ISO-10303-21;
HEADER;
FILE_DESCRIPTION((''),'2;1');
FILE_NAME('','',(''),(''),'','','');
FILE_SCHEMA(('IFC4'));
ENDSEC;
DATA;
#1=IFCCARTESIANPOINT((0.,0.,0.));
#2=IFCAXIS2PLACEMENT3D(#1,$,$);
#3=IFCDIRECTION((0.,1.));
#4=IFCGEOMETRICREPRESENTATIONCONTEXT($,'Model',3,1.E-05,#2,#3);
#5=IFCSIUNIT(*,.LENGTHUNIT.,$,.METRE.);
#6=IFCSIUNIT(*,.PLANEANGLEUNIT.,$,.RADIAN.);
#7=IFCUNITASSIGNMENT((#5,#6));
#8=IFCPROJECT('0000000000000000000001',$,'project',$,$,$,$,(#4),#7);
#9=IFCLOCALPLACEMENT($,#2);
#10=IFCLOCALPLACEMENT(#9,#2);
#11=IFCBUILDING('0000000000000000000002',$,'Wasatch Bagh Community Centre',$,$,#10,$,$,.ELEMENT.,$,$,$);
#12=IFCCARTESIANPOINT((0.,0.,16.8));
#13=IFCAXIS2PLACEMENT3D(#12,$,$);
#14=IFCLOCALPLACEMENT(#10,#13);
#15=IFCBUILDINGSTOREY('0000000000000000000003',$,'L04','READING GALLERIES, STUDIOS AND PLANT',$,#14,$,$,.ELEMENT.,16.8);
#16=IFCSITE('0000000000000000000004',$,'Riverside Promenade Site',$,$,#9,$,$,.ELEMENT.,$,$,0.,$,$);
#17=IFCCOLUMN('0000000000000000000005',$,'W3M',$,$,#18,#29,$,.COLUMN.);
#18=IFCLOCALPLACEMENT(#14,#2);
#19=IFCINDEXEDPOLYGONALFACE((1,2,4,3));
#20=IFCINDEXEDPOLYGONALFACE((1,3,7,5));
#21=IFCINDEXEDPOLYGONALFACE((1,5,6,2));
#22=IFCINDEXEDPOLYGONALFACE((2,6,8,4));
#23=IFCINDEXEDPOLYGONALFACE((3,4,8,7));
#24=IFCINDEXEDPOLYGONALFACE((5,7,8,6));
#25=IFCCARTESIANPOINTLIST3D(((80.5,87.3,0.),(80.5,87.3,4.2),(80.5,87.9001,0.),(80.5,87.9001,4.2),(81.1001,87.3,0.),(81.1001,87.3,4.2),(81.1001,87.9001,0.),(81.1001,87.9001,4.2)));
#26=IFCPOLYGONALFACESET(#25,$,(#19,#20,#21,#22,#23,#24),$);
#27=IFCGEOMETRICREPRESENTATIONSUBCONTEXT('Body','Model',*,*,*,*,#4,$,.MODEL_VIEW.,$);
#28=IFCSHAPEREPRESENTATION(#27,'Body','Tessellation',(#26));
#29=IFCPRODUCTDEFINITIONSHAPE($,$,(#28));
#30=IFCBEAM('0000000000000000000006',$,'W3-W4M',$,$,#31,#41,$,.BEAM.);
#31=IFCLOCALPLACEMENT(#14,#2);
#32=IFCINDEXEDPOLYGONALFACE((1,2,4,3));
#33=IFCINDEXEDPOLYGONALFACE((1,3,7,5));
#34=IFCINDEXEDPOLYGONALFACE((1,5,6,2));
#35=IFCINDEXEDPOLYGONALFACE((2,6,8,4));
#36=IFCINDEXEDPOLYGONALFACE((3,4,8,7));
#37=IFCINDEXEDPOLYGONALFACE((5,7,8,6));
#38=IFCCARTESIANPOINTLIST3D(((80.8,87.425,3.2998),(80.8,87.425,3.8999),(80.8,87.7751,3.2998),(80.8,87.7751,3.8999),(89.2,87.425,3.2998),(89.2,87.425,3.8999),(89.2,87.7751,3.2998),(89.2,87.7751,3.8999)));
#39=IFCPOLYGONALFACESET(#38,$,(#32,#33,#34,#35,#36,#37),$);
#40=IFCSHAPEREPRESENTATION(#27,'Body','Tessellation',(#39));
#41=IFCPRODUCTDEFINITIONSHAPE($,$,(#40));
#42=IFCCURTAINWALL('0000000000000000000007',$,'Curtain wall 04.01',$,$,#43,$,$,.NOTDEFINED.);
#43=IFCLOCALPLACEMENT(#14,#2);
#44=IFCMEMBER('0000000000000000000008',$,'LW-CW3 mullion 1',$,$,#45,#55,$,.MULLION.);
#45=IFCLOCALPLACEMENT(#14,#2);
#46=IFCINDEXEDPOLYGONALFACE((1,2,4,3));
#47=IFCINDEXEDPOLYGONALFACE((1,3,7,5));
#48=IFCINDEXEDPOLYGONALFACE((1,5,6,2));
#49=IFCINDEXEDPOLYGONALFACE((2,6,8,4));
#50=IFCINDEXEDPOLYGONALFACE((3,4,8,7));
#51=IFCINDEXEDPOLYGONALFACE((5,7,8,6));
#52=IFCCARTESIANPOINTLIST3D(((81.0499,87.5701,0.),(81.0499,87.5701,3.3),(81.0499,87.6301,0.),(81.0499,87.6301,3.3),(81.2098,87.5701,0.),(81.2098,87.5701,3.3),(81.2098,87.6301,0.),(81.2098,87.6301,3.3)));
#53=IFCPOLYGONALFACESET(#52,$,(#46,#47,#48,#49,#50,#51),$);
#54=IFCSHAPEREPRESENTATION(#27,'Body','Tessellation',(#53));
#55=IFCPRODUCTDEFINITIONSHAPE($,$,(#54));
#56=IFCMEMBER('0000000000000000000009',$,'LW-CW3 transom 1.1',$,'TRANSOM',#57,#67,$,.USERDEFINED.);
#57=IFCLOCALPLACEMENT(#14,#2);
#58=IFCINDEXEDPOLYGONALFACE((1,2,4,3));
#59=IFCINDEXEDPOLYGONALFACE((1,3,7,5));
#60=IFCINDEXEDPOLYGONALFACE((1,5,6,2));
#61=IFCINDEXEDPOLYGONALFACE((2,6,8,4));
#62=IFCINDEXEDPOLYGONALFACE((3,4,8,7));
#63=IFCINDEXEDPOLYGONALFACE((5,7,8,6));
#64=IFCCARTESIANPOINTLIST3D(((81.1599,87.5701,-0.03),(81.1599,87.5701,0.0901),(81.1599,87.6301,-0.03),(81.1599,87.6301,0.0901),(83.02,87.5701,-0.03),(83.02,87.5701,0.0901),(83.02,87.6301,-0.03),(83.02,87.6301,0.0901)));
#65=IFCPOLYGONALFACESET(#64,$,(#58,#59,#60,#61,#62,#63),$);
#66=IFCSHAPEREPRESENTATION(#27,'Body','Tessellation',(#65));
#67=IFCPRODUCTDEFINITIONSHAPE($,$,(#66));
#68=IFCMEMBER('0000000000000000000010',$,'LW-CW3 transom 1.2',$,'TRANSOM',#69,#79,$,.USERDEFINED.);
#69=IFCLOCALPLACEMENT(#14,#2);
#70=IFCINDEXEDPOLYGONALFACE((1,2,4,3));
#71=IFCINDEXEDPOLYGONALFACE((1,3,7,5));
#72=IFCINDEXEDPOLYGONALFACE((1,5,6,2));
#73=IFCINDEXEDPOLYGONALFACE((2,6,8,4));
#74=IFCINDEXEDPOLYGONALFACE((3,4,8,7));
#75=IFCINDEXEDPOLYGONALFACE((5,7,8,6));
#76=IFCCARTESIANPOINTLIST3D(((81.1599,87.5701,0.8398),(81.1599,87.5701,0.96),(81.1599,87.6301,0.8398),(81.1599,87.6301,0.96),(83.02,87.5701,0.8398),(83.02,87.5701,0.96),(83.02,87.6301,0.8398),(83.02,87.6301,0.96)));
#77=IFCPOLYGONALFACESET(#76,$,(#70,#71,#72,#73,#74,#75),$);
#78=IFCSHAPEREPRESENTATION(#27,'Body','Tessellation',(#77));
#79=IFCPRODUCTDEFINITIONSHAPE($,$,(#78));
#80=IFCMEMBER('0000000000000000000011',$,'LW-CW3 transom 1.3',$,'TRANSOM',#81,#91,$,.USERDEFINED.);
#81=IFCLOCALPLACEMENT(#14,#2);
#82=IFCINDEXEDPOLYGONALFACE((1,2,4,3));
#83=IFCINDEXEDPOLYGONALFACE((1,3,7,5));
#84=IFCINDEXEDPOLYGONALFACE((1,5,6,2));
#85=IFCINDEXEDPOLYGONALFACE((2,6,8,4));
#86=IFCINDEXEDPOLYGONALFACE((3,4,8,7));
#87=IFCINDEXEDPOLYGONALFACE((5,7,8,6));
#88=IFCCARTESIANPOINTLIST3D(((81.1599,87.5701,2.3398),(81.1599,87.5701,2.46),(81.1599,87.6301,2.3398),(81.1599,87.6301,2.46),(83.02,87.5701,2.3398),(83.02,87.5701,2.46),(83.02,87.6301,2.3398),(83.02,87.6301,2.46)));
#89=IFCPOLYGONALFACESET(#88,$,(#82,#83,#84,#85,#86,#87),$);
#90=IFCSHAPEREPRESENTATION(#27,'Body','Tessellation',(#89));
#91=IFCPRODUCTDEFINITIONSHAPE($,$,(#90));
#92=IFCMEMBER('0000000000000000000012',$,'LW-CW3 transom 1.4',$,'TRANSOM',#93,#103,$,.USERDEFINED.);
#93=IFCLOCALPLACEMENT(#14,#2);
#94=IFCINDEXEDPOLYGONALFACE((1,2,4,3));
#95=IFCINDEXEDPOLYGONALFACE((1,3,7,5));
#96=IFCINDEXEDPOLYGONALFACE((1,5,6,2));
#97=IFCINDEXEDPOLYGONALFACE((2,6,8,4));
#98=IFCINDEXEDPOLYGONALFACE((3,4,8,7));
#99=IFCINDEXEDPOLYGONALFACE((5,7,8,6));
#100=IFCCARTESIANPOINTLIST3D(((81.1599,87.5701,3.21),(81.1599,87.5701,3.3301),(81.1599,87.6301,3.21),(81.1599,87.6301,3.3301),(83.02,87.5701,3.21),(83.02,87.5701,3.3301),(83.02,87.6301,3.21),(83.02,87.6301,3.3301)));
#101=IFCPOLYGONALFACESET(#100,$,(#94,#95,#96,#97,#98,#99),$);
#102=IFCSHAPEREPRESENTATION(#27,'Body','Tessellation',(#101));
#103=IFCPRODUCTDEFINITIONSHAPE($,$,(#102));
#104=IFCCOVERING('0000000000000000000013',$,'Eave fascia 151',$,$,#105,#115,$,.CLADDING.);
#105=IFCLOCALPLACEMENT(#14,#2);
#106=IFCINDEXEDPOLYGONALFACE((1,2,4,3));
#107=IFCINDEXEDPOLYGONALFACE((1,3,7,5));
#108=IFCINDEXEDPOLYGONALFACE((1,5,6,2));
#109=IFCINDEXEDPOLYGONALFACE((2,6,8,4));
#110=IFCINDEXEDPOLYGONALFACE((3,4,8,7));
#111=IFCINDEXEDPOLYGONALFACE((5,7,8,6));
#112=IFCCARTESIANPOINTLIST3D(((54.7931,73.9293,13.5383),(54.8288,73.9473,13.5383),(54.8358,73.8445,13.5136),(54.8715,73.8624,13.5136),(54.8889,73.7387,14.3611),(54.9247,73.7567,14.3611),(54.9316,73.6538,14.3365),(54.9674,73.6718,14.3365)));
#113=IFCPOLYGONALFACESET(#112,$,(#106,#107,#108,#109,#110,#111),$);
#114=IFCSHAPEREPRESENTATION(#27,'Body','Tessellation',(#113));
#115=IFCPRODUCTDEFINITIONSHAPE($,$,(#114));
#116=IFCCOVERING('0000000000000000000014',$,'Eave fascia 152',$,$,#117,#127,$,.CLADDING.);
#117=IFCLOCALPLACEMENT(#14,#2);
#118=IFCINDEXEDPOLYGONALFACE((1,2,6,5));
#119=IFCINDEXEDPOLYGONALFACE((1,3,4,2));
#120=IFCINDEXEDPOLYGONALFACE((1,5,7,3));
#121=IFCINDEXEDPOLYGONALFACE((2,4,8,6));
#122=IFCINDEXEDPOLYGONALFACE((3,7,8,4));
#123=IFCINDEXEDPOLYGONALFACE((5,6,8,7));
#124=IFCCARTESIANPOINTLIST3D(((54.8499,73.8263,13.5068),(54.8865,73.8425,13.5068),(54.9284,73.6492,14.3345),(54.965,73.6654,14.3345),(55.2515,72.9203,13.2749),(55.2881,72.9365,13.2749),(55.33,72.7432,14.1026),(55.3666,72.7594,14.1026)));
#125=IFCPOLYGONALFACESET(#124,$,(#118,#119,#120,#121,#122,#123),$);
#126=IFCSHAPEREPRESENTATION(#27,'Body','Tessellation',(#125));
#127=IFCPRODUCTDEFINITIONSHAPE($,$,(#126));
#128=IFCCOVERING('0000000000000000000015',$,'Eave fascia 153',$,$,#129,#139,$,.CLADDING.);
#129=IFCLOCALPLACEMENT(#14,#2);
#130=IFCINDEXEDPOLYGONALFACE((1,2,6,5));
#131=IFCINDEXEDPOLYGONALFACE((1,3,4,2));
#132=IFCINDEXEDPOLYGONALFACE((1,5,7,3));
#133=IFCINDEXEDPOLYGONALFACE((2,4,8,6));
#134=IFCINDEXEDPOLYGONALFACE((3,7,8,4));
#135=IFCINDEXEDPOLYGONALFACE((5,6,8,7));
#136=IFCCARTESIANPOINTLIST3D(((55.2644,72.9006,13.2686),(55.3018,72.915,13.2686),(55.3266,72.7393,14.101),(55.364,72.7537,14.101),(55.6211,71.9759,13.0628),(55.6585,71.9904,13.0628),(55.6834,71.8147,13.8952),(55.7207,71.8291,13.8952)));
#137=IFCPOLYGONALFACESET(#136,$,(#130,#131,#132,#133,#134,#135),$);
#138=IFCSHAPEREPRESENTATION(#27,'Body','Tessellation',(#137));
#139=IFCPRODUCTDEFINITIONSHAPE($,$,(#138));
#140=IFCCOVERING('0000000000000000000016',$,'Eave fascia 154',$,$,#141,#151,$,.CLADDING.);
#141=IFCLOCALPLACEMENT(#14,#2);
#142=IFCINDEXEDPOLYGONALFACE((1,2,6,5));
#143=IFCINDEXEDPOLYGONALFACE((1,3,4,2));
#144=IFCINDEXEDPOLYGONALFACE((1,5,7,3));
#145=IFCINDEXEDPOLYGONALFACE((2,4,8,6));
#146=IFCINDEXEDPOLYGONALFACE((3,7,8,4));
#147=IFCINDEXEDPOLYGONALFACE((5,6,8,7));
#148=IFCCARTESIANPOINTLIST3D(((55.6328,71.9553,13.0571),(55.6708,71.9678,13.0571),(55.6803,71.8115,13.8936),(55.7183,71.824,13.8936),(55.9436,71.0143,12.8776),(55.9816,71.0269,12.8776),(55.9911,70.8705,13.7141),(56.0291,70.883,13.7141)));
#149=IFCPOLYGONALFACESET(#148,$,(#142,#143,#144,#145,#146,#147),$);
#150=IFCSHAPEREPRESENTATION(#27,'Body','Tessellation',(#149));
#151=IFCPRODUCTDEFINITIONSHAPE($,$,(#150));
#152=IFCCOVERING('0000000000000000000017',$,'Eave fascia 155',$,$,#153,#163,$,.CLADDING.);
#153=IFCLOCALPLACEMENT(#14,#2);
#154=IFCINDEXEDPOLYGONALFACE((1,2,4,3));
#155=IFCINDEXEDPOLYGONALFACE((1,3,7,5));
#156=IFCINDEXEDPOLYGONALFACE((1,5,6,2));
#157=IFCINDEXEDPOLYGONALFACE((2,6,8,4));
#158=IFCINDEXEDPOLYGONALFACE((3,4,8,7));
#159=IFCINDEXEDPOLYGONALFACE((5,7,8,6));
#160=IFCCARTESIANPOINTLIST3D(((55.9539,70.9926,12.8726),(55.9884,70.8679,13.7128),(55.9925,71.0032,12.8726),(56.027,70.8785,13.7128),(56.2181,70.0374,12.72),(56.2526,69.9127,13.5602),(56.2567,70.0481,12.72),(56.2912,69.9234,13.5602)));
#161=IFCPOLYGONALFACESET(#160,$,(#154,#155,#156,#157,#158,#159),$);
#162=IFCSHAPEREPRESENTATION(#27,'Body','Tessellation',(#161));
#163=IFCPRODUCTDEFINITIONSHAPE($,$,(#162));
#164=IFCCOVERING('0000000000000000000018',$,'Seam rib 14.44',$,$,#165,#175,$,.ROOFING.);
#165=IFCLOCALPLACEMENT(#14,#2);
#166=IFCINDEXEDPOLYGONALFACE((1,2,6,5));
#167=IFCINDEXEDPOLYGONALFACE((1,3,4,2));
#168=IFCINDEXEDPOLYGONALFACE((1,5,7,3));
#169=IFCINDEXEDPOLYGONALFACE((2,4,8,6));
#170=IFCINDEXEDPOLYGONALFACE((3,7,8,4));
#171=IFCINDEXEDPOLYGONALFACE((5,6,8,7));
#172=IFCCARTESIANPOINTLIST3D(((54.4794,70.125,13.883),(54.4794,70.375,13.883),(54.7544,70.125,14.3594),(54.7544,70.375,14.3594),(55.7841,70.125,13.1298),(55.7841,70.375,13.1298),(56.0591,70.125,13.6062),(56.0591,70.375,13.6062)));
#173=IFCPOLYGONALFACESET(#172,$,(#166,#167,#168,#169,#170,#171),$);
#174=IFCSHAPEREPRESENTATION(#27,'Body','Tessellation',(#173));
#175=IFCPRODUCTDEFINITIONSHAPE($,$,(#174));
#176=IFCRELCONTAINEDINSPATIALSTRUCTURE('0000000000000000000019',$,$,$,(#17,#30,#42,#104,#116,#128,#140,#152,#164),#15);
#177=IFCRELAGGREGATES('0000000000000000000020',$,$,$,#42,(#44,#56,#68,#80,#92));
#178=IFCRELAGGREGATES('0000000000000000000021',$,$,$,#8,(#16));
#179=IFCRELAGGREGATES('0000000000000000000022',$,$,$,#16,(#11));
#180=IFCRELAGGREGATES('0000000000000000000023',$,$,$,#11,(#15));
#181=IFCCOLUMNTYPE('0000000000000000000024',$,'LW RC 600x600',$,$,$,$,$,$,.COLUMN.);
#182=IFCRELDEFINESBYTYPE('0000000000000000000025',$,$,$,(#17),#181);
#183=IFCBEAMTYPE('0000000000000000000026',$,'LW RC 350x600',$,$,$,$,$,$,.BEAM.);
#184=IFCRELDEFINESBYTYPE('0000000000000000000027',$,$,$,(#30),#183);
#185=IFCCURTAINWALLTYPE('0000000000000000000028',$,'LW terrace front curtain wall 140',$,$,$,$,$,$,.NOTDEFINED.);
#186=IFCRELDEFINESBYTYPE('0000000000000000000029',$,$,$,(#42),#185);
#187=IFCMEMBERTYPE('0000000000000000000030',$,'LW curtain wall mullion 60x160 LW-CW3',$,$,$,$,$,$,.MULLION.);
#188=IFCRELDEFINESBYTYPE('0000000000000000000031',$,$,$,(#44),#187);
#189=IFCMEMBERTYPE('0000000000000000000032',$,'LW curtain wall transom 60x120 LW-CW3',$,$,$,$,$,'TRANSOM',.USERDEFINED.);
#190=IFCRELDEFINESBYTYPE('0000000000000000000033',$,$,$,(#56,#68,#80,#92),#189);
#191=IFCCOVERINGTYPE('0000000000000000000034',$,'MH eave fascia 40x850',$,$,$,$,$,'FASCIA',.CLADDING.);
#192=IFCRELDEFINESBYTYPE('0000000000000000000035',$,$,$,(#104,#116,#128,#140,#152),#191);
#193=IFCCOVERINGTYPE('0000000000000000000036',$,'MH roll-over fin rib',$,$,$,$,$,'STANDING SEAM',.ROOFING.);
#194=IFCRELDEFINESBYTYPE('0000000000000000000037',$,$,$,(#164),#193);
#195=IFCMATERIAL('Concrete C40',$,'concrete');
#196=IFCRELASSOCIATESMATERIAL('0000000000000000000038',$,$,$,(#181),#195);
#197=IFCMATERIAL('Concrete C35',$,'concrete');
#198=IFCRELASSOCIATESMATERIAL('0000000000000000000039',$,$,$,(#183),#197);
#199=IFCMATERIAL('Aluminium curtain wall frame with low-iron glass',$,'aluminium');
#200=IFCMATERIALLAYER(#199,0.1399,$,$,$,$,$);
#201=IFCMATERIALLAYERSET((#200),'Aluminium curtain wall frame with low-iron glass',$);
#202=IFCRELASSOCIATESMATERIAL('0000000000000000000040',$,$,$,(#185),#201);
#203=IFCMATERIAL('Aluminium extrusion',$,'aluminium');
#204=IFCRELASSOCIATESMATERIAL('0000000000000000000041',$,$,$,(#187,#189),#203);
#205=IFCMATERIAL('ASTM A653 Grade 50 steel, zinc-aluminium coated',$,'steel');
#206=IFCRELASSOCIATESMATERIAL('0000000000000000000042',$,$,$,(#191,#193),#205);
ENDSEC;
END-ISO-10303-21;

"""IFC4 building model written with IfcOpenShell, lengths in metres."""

from ifc_helpers import new_model, si_unit, direction, frame, origin, origin_2d, place, context, subcontext, project, spatial, polyline, rectangle, outline, extrude, material, layer, layer_set, material_profile, profile_set, type_object, element, aggregate, save


model = new_model("IFC4")

# Units and contexts
model_context = context("Model", 3, precision=1e-05, world=origin(), true_north=direction((0.0, 1.0)))
body_context = subcontext(model_context, "Body", "Model", "MODEL_VIEW")
ifc_project = project(units=[si_unit("LENGTHUNIT", "METRE"), si_unit("PLANEANGLEUNIT", "RADIAN")], contexts=[model_context])

# Site, building, storey
site_placement = place(None, origin())
site = spatial("IfcSite", under=ifc_project, at=site_placement, Name="Riverside Promenade Site", CompositionType="ELEMENT", RefElevation=0.0)
building_placement = place(site_placement, origin())
building = spatial("IfcBuilding", under=site, at=building_placement, Name="Wasatch Bagh Community Centre", CompositionType="ELEMENT")
storey_placement = place(building_placement, frame((0.0, 0.0, 16.8)))
storey = spatial("IfcBuildingStorey", under=building, at=storey_placement, Name="L04", Description="READING GALLERIES, STUDIOS AND PLANT", CompositionType="ELEMENT", Elevation=16.8)

# Column
ifc_material_1 = material(Name="Concrete C40", Category="concrete")
ifc_material_profile_1 = material_profile(ifc_material_1, rectangle(XDim=0.6001, YDim=0.6001, at=origin_2d()), Name="RC 600x600")
ifc_profile_set_1 = profile_set([ifc_material_profile_1], Name="Concrete C40")
column_type = type_object("IfcColumnType", Name="LW RC 600x600", PredefinedType="COLUMN", material=ifc_profile_set_1)
column_placement = place(storey_placement, frame((80.8, 87.6001, 0.0), z_axis=(0.0, 0.0, 1.0), x_axis=(1.0, 0.0, 0.0)))
element("IfcColumn", 1, at=column_placement, inside=storey, type_object=column_type, Name="W3M", PredefinedType="COLUMN", context=body_context, shape_type="SweptSolid", body=[
    extrude(rectangle(XDim=0.6001, YDim=0.6001, at=origin_2d()), origin(), (0.0, 0.0, 1.0), 4.2),
])

# Beam
ifc_material_2 = material(Name="Concrete C35", Category="concrete")
ifc_material_profile_2 = material_profile(ifc_material_2, rectangle(XDim=0.3501, YDim=0.6001, at=origin_2d()), Name="RC 350x600")
ifc_profile_set_2 = profile_set([ifc_material_profile_2], Name="Concrete C35")
beam_type = type_object("IfcBeamType", Name="LW RC 350x600", PredefinedType="BEAM", material=ifc_profile_set_2)
beam_placement = place(storey_placement, frame((80.8, 87.6001, 3.5999), z_axis=(1.0, 0.0, 0.0), x_axis=(0.0, 1.0, 0.0)))
element("IfcBeam", 2, at=beam_placement, inside=storey, type_object=beam_type, Name="W3-W4M", PredefinedType="BEAM", context=body_context, shape_type="SweptSolid", body=[
    extrude(rectangle(XDim=0.3501, YDim=0.6001, at=origin_2d()), origin(), (0.0, 0.0, 1.0), 8.3999),
])

# Curtain wall, members
ifc_material_3 = material(Name="Aluminium curtain wall frame with low-iron glass", Category="aluminium")
ifc_layer_1 = layer(ifc_material_3, 0.1399)
ifc_layer_set_1 = layer_set([ifc_layer_1], Name="Aluminium curtain wall frame with low-iron glass")
curtain_wall_type = type_object("IfcCurtainWallType", Name="LW terrace front curtain wall 140", PredefinedType="NOTDEFINED", material=ifc_layer_set_1)
curtain_wall_placement = place(storey_placement, origin())
curtain_wall = element("IfcCurtainWall", 3, at=curtain_wall_placement, inside=storey, type_object=curtain_wall_type, Name="Curtain wall 04.01", PredefinedType="NOTDEFINED")
ifc_material_4 = material(Name="Aluminium extrusion", Category="aluminium")
ifc_material_profile_3 = material_profile(ifc_material_4, rectangle(XDim=0.0601, YDim=0.1599, at=origin_2d()), Name="AL 60x160")
ifc_profile_set_3 = profile_set([ifc_material_profile_3], Name="Aluminium extrusion")
member_type_1 = type_object("IfcMemberType", Name="LW curtain wall mullion 60x160 LW-CW3", PredefinedType="MULLION", material=ifc_profile_set_3)
member_1_placement = place(storey_placement, frame((81.1299, 87.6001, 0.0), z_axis=(0.0, 0.0, 1.0), x_axis=(0.0, 1.0, 0.0)))
member_1 = element("IfcMember", 4, at=member_1_placement, type_object=member_type_1, Name="LW-CW3 mullion 1", PredefinedType="MULLION", context=body_context, shape_type="SweptSolid", body=[
    extrude(rectangle(XDim=0.0601, YDim=0.1599, at=origin_2d()), origin(), (0.0, 0.0, 1.0), 3.3),
])
ifc_material_profile_4 = material_profile(ifc_material_4, rectangle(XDim=0.0601, YDim=0.1201, at=origin_2d()), Name="AL 60x120")
ifc_profile_set_4 = profile_set([ifc_material_profile_4], Name="Aluminium extrusion")
member_type_2 = type_object("IfcMemberType", Name="LW curtain wall transom 60x120 LW-CW3", ElementType="TRANSOM", PredefinedType="USERDEFINED", material=ifc_profile_set_4)
member_2_placement = place(storey_placement, frame((81.1599, 87.6001, 0.03), z_axis=(1.0, 0.0, 0.0), x_axis=(0.0, 1.0, 0.0)))
member_2 = element("IfcMember", 5, at=member_2_placement, type_object=member_type_2, Name="LW-CW3 transom 1.1", ObjectType="TRANSOM", PredefinedType="USERDEFINED", context=body_context, shape_type="SweptSolid", body=[
    extrude(rectangle(XDim=0.0601, YDim=0.1201, at=origin_2d()), origin(), (0.0, 0.0, 1.0), 1.8601),
])
member_3_placement = place(storey_placement, frame((81.1599, 87.6001, 0.8999), z_axis=(1.0, 0.0, 0.0), x_axis=(0.0, 1.0, 0.0)))
member_3 = element("IfcMember", 6, at=member_3_placement, type_object=member_type_2, Name="LW-CW3 transom 1.2", ObjectType="TRANSOM", PredefinedType="USERDEFINED", context=body_context, shape_type="SweptSolid", body=[
    extrude(rectangle(XDim=0.0601, YDim=0.1201, at=origin_2d()), origin(), (0.0, 0.0, 1.0), 1.8601),
])
member_4_placement = place(storey_placement, frame((81.1599, 87.6001, 2.3999), z_axis=(1.0, 0.0, 0.0), x_axis=(0.0, 1.0, 0.0)))
member_4 = element("IfcMember", 7, at=member_4_placement, type_object=member_type_2, Name="LW-CW3 transom 1.3", ObjectType="TRANSOM", PredefinedType="USERDEFINED", context=body_context, shape_type="SweptSolid", body=[
    extrude(rectangle(XDim=0.0601, YDim=0.1201, at=origin_2d()), origin(), (0.0, 0.0, 1.0), 1.8601),
])
member_5_placement = place(storey_placement, frame((81.1599, 87.6001, 3.27), z_axis=(1.0, 0.0, 0.0), x_axis=(0.0, 1.0, 0.0)))
member_5 = element("IfcMember", 8, at=member_5_placement, type_object=member_type_2, Name="LW-CW3 transom 1.4", ObjectType="TRANSOM", PredefinedType="USERDEFINED", context=body_context, shape_type="SweptSolid", body=[
    extrude(rectangle(XDim=0.0601, YDim=0.1201, at=origin_2d()), origin(), (0.0, 0.0, 1.0), 1.8601),
])
aggregate(curtain_wall, [member_1, member_2, member_3, member_4, member_5])

# Coverings
ifc_material_5 = material(Name="ASTM A653 Grade 50 steel, zinc-aluminium coated", Category="steel")
ifc_material_profile_5 = material_profile(ifc_material_5, rectangle(XDim=0.04, YDim=0.8501, at=origin_2d()), Name="FASCIA 40x850")
ifc_profile_set_5 = profile_set([ifc_material_profile_5], Name="ASTM A653 Grade 50 steel, zinc-aluminium coated")
covering_type_1 = type_object("IfcCoveringType", Name="MH eave fascia 40x850", ElementType="FASCIA", PredefinedType="CLADDING", material=ifc_profile_set_5)
covering_1_placement = place(storey_placement, frame((54.8589, 73.843, 13.9497), z_axis=(0.434885, -0.8648, -0.250991), x_axis=(0.893398, 0.449266, 0.0)))
element("IfcCovering", 9, at=covering_1_placement, inside=storey, type_object=covering_type_1, Name="Eave fascia 151", PredefinedType="CLADDING", context=body_context, shape_type="SweptSolid", body=[
    extrude(rectangle(XDim=0.04, YDim=0.8501, at=origin_2d()), origin(), (0.0, 0.0, 1.0), 0.0981),
])
covering_2_placement = place(storey_placement, frame((54.9075, 73.7458, 13.9207), z_axis=(0.394585, -0.890155, -0.227876), x_axis=(0.914207, 0.405247, 0.0)))
element("IfcCovering", 10, at=covering_2_placement, inside=storey, type_object=covering_type_1, Name="Eave fascia 152", PredefinedType="CLADDING", context=body_context, shape_type="SweptSolid", body=[
    extrude(rectangle(XDim=0.04, YDim=0.8501, at=origin_2d()), origin(), (0.0, 0.0, 1.0), 1.0178),
])
covering_3_placement = place(storey_placement, frame((55.3142, 72.8271, 13.6848), z_axis=(0.352416, -0.913484, -0.203345), x_axis=(0.932977, 0.359936, 0.0)))
element("IfcCovering", 11, at=covering_3_placement, inside=storey, type_object=covering_type_1, Name="Eave fascia 153", PredefinedType="CLADDING", context=body_context, shape_type="SweptSolid", body=[
    extrude(rectangle(XDim=0.04, YDim=0.8501, at=origin_2d()), origin(), (0.0, 0.0, 1.0), 1.0122),
])
covering_4_placement = place(storey_placement, frame((55.6755, 71.8896, 13.4753), z_axis=(0.30862, -0.934346, -0.17819), x_axis=(0.949542, 0.31364, 0.0)))
element("IfcCovering", 12, at=covering_4_placement, inside=storey, type_object=covering_type_1, Name="Eave fascia 154", PredefinedType="CLADDING", context=body_context, shape_type="SweptSolid", body=[
    extrude(rectangle(XDim=0.04, YDim=0.8501, at=origin_2d()), origin(), (0.0, 0.0, 1.0), 1.0071),
])
covering_5_placement = place(storey_placement, frame((55.9905, 70.9355, 13.2927), z_axis=(0.263471, -0.952587, -0.15219), x_axis=(0.963814, 0.266576, 0.0)))
element("IfcCovering", 13, at=covering_5_placement, inside=storey, type_object=covering_type_1, Name="Eave fascia 155", PredefinedType="CLADDING", context=body_context, shape_type="SweptSolid", body=[
    extrude(rectangle(XDim=0.04, YDim=0.8501, at=origin_2d()), origin(), (0.0, 0.0, 1.0), 1.0027),
])
covering_type_2 = type_object("IfcCoveringType", Name="MH roll-over fin rib", ElementType="STANDING SEAM", PredefinedType="ROOFING", material=ifc_material_5)
covering_6_placement = place(storey_placement, frame((54.7544, 70.125, 14.3594), z_axis=(0.499956, 0.0, 0.866051), x_axis=(0.866051, 0.0, -0.499956)))
element("IfcCovering", 14, at=covering_6_placement, inside=storey, type_object=covering_type_2, Name="Seam rib 14.44", PredefinedType="ROOFING", context=body_context, shape_type="SweptSolid", body=[
    extrude(outline(polyline([(0.0, 0.0), (1.5065, 0.0), (1.5065, 0.25), (0.0, 0.25), (0.0, 0.0)])), origin(), (0.0, 0.0, -1.0), 0.55),
])

save(model, "model.ifc")
